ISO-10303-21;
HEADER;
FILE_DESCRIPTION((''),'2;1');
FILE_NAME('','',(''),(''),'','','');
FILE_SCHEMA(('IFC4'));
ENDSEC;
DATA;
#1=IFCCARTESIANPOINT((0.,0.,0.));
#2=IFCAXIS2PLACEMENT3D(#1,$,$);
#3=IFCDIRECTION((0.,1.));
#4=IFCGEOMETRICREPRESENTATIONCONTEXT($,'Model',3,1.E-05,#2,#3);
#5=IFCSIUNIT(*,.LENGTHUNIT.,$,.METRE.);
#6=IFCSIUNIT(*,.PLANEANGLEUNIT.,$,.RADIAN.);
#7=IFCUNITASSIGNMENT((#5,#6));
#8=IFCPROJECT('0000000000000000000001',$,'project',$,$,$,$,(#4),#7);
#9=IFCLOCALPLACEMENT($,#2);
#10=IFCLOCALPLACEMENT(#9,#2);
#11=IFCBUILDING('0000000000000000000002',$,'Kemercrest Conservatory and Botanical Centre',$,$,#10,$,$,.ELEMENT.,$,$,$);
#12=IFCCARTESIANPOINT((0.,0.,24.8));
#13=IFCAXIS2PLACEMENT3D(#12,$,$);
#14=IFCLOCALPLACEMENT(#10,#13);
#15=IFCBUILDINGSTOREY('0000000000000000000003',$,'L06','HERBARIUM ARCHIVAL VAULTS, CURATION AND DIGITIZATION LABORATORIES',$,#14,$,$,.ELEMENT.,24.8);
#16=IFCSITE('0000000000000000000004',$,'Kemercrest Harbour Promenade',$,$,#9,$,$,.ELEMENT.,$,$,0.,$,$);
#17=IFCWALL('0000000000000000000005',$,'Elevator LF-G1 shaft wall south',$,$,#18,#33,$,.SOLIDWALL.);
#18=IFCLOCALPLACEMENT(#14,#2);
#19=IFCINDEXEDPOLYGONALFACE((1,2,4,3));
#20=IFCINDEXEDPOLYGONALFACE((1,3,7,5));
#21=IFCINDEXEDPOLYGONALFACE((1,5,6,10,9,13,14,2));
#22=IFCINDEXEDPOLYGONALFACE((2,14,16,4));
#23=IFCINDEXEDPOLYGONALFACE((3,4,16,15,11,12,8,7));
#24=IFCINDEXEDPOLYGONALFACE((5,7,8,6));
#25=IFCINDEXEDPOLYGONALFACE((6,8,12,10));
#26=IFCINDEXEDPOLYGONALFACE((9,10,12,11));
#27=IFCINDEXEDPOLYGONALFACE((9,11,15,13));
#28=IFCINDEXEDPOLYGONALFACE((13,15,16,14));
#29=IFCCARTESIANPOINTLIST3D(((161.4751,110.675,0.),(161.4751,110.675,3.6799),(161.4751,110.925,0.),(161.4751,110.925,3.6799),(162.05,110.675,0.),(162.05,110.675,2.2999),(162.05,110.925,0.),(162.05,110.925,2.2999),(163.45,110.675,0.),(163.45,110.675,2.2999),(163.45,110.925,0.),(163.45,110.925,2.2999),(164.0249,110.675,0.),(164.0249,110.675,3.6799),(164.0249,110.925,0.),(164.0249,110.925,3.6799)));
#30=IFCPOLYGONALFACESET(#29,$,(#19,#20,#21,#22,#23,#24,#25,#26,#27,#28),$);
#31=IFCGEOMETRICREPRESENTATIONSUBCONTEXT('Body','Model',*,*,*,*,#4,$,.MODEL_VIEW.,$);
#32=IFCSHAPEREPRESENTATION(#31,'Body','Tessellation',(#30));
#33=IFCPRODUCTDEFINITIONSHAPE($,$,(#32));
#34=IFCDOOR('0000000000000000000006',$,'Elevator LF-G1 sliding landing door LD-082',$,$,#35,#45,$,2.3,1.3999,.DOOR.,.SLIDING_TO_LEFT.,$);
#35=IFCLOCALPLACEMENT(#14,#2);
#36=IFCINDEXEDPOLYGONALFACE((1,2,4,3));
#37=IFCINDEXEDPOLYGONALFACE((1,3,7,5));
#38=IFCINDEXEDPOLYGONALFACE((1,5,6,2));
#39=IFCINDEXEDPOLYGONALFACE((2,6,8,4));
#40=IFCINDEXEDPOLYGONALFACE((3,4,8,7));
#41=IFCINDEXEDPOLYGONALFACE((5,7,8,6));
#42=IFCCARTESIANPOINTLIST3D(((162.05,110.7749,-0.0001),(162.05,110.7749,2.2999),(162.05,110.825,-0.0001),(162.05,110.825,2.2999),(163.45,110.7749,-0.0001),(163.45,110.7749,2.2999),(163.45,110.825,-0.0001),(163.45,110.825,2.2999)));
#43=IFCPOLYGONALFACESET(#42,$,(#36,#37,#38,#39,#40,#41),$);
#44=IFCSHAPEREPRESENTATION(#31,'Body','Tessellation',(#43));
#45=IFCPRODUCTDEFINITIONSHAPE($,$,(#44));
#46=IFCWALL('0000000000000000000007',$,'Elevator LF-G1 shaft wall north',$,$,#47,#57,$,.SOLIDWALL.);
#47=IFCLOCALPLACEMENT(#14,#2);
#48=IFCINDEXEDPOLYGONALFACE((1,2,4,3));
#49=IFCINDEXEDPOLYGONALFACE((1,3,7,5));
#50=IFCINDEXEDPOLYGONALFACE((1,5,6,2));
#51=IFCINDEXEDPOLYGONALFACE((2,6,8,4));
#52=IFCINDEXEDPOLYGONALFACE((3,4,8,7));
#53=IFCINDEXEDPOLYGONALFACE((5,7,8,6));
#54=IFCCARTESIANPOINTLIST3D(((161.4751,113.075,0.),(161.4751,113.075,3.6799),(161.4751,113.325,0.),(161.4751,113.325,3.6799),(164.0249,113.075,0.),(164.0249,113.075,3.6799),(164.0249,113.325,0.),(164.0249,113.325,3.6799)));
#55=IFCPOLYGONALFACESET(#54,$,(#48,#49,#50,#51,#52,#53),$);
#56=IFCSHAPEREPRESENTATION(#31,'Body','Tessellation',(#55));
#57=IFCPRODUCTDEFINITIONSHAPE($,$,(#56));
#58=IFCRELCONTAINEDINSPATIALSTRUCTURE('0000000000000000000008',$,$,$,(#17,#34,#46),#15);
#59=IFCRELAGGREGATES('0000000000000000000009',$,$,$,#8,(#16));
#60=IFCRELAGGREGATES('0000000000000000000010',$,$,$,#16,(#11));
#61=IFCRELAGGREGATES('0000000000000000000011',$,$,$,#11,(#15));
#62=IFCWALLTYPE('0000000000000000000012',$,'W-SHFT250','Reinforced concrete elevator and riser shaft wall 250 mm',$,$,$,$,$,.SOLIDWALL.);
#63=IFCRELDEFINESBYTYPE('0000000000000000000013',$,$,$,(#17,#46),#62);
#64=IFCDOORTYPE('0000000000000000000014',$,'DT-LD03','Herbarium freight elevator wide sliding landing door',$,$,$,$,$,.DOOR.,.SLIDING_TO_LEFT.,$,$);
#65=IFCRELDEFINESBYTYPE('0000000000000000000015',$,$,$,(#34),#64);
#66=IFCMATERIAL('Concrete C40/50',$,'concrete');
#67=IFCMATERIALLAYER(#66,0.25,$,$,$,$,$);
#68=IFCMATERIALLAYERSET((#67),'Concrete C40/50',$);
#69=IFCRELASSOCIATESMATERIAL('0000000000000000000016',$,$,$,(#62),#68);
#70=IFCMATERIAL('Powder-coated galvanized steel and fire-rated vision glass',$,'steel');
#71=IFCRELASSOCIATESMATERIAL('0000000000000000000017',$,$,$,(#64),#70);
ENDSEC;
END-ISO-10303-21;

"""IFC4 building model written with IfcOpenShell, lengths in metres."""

from ifc_helpers import new_model, si_unit, direction, frame, frame_2d, origin, place, context, subcontext, project, spatial, rectangle, extrude, material, layer, layer_set, type_object, element, fill, save


model = new_model("IFC4")

# Units and contexts
model_context = context("Model", 3, precision=1e-05, world=origin(), true_north=direction((0.0, 1.0)))
body_context = subcontext(model_context, "Body", "Model", "MODEL_VIEW")
ifc_project = project(units=[si_unit("LENGTHUNIT", "METRE"), si_unit("PLANEANGLEUNIT", "RADIAN")], contexts=[model_context])

# Site, building, storey
site_placement = place(None, origin())
site = spatial("IfcSite", under=ifc_project, at=site_placement, Name="Kemercrest Harbour Promenade", CompositionType="ELEMENT", RefElevation=0.0)
building_placement = place(site_placement, origin())
building = spatial("IfcBuilding", under=site, at=building_placement, Name="Kemercrest Conservatory and Botanical Centre", CompositionType="ELEMENT")
storey_placement = place(building_placement, frame((0.0, 0.0, 24.8)))
storey = spatial("IfcBuildingStorey", under=building, at=storey_placement, Name="L06", Description="HERBARIUM ARCHIVAL VAULTS, CURATION AND DIGITIZATION LABORATORIES", CompositionType="ELEMENT", Elevation=24.8)

# Shared definitions
ifc_material_1 = material(Name="Concrete C40/50", Category="concrete")

# Shared definitions
ifc_material_2 = material(Name="Powder-coated galvanized steel and fire-rated vision glass", Category="steel")
ifc_layer_1 = layer(ifc_material_1, 0.25)
ifc_layer_set_1 = layer_set([ifc_layer_1], Name="Concrete C40/50")
wall_type_1 = type_object("IfcWallType", Name="W-SHFT250", Description="Reinforced concrete elevator and riser shaft wall 250 mm", PredefinedType="SOLIDWALL", material=ifc_layer_set_1)

# Wall, opening, door
wall_1_placement = place(storey_placement, frame((161.4751, 110.8, 0.0), z_axis=(0.0, 0.0, 1.0), x_axis=(1.0, 0.0, 0.0)))
wall_1 = element("IfcWall", 1, at=wall_1_placement, inside=storey, type_object=wall_type_1, Name="Elevator LF-G1 shaft wall south", PredefinedType="SOLIDWALL", context=body_context, shape_type="SweptSolid", body=[
    extrude(rectangle(XDim=2.5498, YDim=0.25, at=frame_2d((1.2749, 0.0))), origin(), (0.0, 0.0, 1.0), 3.6799),
])
opening_1_placement = place(wall_1_placement, frame((0.575, 0.0, 0.0)))
opening_1 = element("IfcOpeningElement", 2, at=opening_1_placement, cuts=wall_1, PredefinedType="OPENING", context=body_context, shape_type="SweptSolid", body=[
    extrude(rectangle(XDim=1.3999, YDim=2.3, at=frame_2d((0.7, 1.1499))), frame((0.0, 0.135, 0.0), z_axis=(0.0, -1.0, 0.0), x_axis=(1.0, 0.0, 0.0)), (0.0, 0.0, 1.0), 0.27),
])
door_type_1 = type_object("IfcDoorType", Name="DT-LD03", Description="Herbarium freight elevator wide sliding landing door", OperationType="SLIDING_TO_LEFT", PredefinedType="DOOR", material=ifc_material_2)
door_1_placement = place(opening_1_placement, origin())
door_1 = element("IfcDoor", 3, at=door_1_placement, inside=storey, type_object=door_type_1, Name="Elevator LF-G1 sliding landing door LD-082", OperationType="SLIDING_TO_LEFT", OverallHeight=2.3, OverallWidth=1.3999, PredefinedType="DOOR", context=body_context, shape_type="SweptSolid", body=[
    extrude(rectangle(XDim=1.3999, YDim=2.3, at=frame_2d((0.7, 1.1499))), frame((0.0, 0.0249, 0.0), z_axis=(0.0, -1.0, 0.0), x_axis=(1.0, 0.0, 0.0)), (0.0, 0.0, 1.0), 0.05),
])
fill(opening_1, door_1)

# Wall
wall_2_placement = place(storey_placement, frame((161.4751, 113.2, 0.0), z_axis=(0.0, 0.0, 1.0), x_axis=(1.0, 0.0, 0.0)))
element("IfcWall", 4, at=wall_2_placement, inside=storey, type_object=wall_type_1, Name="Elevator LF-G1 shaft wall north", PredefinedType="SOLIDWALL", context=body_context, shape_type="SweptSolid", body=[
    extrude(rectangle(XDim=2.5498, YDim=0.25, at=frame_2d((1.2749, 0.0))), origin(), (0.0, 0.0, 1.0), 3.6799),
])

save(model, "model.ifc")
